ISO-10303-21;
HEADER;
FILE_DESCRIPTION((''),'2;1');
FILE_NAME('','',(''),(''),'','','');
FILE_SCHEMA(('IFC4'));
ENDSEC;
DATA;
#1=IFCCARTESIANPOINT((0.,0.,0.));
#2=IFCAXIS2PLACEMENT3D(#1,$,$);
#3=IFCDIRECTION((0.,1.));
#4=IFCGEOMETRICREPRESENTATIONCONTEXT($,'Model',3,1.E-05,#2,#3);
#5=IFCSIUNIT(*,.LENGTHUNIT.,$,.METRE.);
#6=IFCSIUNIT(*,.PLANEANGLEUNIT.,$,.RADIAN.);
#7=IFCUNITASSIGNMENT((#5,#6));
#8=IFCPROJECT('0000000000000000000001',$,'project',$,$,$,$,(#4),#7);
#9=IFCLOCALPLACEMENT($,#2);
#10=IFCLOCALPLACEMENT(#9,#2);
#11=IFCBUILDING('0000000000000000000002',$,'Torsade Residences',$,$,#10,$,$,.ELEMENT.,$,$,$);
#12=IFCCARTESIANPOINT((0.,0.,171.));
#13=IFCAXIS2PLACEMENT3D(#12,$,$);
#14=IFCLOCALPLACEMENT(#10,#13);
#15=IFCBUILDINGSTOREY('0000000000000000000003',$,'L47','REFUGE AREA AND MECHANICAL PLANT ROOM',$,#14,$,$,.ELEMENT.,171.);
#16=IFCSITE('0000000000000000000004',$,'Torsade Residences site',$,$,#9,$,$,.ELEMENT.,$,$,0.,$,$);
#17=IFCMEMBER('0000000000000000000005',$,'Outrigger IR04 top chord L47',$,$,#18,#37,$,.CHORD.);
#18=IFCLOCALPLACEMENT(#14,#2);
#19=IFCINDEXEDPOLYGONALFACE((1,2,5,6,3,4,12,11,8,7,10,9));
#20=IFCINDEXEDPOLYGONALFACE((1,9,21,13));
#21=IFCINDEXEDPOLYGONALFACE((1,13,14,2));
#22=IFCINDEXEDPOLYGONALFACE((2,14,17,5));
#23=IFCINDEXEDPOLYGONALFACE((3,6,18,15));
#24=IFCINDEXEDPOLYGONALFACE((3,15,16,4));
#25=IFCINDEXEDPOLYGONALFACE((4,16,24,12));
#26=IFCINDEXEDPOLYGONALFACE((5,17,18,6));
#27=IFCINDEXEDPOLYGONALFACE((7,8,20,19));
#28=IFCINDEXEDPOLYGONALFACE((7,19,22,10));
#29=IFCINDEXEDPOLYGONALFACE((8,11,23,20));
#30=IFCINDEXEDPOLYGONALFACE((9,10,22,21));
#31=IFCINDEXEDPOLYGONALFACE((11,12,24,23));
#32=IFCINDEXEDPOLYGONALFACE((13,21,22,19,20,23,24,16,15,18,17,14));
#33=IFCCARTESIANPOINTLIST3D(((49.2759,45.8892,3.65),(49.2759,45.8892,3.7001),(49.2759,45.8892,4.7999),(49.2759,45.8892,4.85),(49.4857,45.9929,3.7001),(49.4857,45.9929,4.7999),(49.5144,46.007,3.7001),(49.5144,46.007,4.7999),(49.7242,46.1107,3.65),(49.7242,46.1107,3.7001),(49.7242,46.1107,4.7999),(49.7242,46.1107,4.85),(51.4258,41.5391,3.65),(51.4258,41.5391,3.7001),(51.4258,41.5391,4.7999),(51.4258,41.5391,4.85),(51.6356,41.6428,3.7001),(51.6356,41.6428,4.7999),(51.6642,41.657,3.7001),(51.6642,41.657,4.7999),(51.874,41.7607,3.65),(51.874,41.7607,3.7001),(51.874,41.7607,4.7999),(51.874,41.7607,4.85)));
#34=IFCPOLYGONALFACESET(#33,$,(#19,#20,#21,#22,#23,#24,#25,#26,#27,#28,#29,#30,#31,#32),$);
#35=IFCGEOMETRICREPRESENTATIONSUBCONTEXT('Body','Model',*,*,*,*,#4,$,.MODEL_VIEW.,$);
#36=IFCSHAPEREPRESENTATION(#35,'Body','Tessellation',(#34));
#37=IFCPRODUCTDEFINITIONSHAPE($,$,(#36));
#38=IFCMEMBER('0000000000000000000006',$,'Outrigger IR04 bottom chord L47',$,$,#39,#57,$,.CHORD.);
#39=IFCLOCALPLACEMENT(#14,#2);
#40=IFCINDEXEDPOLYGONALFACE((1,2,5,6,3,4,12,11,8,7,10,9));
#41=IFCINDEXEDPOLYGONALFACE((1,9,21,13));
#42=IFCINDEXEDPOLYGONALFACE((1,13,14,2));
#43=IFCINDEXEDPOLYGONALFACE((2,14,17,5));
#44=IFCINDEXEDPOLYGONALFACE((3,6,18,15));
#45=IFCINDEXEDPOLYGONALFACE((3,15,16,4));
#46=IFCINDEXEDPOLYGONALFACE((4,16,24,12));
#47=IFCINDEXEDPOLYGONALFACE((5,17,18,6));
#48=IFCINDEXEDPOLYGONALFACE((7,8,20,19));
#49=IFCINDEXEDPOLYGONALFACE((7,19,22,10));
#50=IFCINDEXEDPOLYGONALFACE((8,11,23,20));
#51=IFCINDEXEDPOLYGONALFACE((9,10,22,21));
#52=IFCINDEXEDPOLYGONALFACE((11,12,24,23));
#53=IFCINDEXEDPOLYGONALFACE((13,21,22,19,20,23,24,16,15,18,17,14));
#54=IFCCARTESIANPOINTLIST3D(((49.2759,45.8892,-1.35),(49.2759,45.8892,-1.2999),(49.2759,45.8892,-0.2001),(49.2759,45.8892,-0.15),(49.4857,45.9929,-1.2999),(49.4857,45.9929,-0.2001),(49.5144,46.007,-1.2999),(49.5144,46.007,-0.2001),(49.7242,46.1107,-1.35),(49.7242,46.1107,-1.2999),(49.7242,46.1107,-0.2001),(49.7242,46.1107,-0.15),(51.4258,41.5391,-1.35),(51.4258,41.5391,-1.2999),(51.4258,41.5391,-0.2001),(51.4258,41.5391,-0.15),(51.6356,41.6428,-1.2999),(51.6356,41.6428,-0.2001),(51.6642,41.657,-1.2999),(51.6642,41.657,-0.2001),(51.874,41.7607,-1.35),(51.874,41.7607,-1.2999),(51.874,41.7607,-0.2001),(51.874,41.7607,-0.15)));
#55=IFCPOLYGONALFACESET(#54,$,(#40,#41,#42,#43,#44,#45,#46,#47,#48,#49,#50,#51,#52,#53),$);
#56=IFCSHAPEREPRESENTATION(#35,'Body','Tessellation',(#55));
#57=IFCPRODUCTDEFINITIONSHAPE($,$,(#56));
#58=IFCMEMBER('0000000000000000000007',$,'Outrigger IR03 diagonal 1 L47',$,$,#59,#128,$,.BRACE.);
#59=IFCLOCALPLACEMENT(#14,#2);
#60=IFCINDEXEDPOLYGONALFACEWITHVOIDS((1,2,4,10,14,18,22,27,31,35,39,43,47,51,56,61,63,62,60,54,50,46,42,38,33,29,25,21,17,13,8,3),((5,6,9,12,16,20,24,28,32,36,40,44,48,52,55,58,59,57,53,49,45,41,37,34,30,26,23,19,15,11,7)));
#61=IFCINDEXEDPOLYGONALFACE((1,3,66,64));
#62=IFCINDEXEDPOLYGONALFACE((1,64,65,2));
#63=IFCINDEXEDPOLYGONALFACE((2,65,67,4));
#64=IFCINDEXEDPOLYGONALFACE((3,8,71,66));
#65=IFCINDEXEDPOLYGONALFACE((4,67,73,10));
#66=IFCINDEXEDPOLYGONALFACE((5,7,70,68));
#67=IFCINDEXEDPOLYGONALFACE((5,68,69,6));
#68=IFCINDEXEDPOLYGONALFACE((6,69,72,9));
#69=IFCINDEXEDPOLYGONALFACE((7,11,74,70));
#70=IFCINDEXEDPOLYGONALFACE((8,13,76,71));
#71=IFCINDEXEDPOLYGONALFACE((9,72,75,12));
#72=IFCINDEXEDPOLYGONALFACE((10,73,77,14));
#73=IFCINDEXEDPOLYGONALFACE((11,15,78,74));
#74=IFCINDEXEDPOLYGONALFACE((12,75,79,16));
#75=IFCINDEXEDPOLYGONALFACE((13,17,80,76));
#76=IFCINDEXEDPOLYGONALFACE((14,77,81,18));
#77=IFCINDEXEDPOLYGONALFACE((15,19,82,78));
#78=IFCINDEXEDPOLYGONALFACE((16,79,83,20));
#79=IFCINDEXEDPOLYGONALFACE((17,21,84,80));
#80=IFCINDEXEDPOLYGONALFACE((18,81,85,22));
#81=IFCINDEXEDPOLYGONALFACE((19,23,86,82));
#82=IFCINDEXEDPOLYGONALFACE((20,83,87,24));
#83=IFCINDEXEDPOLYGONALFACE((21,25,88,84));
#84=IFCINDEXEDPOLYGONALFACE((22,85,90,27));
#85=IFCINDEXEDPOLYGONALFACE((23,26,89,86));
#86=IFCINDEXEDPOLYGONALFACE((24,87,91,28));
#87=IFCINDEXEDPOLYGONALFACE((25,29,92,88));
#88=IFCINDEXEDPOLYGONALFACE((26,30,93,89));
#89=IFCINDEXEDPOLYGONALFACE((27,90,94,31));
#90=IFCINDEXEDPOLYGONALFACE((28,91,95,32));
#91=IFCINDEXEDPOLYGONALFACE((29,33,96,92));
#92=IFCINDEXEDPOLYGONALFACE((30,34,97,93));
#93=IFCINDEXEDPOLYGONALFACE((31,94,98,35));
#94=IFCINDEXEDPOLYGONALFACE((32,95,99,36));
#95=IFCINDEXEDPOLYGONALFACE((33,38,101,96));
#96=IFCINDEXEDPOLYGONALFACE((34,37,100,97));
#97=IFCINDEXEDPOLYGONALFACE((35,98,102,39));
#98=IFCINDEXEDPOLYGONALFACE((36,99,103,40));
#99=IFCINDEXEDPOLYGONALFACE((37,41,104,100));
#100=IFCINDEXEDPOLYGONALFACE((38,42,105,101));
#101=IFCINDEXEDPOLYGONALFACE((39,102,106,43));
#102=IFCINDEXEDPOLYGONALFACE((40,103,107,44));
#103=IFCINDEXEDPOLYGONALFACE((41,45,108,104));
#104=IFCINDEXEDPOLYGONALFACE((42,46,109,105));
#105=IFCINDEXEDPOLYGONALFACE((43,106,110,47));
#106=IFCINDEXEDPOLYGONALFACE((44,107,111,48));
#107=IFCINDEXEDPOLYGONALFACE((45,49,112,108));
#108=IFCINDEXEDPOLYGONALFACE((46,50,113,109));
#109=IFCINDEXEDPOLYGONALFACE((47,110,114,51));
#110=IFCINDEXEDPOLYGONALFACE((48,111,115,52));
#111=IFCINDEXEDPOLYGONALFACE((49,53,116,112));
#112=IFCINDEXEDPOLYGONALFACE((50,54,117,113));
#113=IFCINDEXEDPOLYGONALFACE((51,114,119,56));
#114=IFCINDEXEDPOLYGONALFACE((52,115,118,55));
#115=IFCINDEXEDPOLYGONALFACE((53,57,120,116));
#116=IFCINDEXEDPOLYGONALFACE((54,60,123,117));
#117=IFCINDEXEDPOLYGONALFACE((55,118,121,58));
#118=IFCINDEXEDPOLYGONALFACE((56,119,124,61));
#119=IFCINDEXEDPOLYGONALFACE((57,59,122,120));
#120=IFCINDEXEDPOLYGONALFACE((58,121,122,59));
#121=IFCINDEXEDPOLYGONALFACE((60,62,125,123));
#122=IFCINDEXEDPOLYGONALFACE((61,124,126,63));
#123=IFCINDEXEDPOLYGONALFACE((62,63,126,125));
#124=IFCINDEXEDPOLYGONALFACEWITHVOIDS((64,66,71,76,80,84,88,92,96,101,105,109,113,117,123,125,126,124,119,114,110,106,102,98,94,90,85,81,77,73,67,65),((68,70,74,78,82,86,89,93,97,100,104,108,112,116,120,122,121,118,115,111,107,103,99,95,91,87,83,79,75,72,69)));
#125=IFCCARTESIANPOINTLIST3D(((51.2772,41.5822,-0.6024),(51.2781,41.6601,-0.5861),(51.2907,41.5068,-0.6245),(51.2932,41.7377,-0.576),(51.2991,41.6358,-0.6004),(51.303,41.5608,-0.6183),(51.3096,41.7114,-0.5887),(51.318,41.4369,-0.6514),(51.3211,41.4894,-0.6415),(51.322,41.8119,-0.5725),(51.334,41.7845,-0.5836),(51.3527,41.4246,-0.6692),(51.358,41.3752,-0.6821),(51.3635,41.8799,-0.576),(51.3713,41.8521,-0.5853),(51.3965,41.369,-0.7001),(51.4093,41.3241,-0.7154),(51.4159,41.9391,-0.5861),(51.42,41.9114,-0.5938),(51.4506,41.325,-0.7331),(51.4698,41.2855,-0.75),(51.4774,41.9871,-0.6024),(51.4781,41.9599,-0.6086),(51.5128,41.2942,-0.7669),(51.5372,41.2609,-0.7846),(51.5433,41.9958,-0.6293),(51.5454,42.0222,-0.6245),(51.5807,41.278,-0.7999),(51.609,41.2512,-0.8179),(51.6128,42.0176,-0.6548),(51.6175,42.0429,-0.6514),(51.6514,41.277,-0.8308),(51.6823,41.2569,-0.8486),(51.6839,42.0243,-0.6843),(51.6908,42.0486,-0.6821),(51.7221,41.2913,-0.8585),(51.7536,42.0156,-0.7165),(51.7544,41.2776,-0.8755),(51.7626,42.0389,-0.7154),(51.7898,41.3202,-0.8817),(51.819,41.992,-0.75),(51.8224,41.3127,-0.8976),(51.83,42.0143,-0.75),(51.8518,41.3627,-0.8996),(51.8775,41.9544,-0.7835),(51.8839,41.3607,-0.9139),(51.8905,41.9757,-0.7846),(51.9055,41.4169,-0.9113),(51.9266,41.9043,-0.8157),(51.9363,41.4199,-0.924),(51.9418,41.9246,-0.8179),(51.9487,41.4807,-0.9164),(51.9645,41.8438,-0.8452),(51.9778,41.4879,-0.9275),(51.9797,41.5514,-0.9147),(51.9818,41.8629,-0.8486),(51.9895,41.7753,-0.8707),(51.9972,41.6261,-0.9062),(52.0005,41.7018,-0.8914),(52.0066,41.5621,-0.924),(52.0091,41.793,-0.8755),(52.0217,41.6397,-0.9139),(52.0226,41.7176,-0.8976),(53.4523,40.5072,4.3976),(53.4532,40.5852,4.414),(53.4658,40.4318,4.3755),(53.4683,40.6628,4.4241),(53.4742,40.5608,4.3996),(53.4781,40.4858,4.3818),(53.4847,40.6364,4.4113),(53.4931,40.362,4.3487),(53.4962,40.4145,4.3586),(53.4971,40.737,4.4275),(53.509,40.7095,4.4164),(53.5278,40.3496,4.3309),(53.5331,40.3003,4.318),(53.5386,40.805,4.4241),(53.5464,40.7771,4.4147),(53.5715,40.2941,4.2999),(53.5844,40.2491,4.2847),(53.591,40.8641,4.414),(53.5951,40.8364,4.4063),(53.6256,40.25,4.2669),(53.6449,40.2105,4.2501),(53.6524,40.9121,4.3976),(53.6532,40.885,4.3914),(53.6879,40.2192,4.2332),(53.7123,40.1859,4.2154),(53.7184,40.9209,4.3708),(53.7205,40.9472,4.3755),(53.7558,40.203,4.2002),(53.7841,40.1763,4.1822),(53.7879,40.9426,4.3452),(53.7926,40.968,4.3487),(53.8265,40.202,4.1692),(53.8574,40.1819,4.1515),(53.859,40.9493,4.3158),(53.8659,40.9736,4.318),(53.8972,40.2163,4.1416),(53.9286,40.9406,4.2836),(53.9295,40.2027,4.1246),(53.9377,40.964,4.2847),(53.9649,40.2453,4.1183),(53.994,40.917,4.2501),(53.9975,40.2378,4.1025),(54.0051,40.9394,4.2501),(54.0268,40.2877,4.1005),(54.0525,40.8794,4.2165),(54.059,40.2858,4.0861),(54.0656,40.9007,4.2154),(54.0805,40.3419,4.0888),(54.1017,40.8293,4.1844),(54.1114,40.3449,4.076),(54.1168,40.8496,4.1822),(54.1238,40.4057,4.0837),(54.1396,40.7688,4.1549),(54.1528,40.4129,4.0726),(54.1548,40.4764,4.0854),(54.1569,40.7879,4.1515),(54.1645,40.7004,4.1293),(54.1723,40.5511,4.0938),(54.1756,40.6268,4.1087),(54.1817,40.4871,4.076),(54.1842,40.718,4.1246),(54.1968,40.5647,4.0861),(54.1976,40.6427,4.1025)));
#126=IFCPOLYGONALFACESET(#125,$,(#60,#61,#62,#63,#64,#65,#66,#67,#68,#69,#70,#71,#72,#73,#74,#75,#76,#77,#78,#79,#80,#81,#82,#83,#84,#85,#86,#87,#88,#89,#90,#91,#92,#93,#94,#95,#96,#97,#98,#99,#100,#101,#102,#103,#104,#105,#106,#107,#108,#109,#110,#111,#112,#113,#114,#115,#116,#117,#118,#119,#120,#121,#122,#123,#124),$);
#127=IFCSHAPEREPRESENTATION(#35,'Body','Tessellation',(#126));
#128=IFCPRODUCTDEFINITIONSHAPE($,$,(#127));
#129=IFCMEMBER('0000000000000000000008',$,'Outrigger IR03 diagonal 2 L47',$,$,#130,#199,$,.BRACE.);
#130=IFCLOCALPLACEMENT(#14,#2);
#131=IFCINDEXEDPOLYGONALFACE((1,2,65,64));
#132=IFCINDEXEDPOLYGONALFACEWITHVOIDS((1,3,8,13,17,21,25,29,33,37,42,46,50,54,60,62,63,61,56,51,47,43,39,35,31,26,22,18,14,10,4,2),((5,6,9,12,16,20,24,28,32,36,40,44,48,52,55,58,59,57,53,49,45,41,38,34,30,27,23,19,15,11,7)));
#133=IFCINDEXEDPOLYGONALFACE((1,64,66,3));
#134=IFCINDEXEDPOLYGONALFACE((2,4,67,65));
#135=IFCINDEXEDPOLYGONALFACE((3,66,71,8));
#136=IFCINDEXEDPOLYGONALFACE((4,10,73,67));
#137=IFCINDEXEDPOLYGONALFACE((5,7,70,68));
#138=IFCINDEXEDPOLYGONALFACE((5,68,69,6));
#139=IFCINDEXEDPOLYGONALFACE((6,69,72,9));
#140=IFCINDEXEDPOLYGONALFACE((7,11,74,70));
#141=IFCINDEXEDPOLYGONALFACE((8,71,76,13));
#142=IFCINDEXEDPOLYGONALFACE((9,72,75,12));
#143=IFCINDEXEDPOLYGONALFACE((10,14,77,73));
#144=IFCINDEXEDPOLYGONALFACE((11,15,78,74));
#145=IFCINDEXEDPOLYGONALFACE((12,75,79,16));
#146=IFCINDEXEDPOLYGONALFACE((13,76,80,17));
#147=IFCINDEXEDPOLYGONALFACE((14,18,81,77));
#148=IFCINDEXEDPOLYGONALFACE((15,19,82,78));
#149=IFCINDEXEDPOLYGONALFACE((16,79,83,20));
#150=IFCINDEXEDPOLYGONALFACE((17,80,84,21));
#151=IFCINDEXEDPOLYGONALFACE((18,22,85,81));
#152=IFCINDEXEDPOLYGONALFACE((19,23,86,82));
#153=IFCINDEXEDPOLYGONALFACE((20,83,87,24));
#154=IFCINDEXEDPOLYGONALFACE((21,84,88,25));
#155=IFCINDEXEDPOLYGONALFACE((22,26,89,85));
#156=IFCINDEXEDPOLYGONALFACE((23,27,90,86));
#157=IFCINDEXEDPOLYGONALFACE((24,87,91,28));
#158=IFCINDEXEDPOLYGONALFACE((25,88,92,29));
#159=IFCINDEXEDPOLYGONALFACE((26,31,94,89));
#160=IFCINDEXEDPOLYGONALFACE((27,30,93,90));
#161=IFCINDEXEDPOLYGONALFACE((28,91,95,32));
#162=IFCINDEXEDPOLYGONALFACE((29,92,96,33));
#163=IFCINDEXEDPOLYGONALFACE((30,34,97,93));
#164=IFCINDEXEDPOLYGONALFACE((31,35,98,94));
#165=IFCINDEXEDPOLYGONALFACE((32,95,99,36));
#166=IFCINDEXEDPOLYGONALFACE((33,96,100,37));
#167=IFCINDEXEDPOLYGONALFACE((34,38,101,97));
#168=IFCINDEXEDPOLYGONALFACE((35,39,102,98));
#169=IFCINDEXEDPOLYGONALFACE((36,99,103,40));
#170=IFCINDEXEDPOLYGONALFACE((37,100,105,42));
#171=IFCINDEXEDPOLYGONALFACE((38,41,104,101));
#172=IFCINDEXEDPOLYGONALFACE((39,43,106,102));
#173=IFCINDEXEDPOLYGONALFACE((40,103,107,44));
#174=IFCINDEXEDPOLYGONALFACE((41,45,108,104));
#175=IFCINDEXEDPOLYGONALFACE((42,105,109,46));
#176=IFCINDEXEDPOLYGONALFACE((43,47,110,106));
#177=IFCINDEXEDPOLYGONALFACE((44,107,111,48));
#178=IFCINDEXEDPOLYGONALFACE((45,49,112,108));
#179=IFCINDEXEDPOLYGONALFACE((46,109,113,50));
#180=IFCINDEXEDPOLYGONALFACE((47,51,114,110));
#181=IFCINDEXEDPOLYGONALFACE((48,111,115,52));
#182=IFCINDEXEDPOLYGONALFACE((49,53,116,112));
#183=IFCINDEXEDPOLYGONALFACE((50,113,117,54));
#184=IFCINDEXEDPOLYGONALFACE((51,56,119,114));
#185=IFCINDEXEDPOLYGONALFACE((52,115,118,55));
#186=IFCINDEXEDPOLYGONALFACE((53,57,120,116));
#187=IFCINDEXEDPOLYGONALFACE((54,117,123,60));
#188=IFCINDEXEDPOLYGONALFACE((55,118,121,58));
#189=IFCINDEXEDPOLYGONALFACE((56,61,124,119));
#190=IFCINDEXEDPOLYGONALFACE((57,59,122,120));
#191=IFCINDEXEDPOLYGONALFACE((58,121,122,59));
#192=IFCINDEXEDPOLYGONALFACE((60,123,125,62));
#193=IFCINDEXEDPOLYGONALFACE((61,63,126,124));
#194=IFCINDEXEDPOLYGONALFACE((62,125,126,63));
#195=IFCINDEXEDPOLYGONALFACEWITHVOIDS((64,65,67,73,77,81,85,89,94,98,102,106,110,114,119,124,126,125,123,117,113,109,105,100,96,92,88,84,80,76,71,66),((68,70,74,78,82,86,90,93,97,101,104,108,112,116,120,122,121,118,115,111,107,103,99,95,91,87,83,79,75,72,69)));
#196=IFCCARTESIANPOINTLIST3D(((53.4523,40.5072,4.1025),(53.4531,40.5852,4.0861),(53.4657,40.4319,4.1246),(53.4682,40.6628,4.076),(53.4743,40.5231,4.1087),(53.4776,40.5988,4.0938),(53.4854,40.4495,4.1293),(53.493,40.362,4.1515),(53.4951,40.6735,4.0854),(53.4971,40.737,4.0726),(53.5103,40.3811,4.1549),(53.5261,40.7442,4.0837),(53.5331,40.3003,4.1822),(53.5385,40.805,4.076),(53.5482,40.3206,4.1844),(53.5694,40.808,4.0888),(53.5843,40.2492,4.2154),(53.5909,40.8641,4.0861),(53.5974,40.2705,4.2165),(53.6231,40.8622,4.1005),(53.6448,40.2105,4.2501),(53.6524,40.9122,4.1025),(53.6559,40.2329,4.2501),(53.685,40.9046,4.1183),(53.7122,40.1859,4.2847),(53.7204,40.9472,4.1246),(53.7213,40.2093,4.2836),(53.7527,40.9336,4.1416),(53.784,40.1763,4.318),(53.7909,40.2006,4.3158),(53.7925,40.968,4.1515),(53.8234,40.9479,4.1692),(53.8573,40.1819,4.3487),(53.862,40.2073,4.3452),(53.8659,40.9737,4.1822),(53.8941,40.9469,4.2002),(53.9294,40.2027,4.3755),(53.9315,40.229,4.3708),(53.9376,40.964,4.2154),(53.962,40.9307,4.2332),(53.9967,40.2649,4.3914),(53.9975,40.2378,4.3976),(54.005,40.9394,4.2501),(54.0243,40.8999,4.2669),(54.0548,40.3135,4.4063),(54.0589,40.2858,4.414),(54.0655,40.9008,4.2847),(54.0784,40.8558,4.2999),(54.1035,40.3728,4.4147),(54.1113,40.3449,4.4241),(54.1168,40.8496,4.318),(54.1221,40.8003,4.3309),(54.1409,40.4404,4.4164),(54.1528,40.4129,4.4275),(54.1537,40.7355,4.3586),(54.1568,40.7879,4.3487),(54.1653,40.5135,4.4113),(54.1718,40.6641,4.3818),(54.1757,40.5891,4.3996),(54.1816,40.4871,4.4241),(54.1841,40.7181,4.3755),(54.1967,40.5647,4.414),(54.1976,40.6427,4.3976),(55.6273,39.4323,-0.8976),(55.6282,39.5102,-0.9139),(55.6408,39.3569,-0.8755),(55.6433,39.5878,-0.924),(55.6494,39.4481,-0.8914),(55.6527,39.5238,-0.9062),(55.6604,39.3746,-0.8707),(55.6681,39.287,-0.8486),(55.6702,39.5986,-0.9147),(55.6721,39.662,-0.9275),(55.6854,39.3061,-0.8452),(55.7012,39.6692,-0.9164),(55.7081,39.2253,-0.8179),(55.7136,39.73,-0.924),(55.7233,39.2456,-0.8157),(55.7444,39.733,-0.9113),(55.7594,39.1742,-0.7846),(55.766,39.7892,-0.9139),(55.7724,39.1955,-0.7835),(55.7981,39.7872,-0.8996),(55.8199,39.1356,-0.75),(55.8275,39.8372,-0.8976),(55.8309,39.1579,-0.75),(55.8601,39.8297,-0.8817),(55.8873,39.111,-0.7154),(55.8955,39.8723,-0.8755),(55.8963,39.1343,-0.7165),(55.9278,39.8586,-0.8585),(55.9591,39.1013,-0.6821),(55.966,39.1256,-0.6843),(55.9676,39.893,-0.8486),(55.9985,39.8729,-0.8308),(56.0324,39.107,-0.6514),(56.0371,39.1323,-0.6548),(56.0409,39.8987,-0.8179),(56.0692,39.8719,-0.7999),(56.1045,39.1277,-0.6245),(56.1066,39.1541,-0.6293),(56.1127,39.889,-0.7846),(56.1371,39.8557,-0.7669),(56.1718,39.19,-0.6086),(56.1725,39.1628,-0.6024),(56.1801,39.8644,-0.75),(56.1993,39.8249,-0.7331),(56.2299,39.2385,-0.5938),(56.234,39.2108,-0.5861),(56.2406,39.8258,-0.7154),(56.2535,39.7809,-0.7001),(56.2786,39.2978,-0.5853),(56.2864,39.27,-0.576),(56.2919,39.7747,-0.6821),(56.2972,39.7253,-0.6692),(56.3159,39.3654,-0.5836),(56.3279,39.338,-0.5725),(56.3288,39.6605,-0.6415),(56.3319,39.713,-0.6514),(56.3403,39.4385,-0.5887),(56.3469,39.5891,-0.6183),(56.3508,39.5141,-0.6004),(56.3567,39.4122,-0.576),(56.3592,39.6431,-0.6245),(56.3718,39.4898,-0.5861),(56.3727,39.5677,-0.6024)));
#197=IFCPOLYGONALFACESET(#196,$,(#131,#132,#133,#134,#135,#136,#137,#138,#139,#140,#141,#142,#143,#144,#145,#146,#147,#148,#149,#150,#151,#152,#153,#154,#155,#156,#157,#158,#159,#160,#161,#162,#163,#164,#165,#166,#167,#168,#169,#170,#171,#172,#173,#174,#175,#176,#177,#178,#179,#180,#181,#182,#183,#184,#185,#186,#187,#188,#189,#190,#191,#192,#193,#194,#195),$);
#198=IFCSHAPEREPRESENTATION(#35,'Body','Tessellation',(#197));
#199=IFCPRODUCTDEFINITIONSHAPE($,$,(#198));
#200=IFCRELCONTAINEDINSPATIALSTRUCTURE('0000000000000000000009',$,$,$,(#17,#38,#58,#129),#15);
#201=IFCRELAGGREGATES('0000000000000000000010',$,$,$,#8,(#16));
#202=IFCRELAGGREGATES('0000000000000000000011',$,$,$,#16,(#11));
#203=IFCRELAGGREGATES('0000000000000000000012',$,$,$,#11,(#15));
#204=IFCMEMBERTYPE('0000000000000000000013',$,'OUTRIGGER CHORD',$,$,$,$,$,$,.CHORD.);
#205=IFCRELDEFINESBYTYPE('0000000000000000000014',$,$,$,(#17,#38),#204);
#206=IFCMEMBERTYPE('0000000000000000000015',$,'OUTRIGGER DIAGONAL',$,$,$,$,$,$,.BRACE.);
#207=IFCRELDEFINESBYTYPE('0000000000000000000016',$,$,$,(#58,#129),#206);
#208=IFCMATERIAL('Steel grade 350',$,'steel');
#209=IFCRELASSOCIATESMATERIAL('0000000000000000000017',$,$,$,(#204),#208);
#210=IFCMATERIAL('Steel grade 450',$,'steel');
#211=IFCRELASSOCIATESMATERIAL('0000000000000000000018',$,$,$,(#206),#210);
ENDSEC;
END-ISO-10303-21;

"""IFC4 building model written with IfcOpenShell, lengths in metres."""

from ifc_helpers import new_model, si_unit, direction, frame, origin, origin_2d, place, context, subcontext, project, spatial, hollow_circle, i_section, extrude, material, material_profile, profile_set, type_object, element, save


model = new_model("IFC4")

# Units and contexts
model_context = context("Model", 3, precision=1e-05, world=origin(), true_north=direction((0.0, 1.0)))
body_context = subcontext(model_context, "Body", "Model", "MODEL_VIEW")
ifc_project = project(units=[si_unit("LENGTHUNIT", "METRE"), si_unit("PLANEANGLEUNIT", "RADIAN")], contexts=[model_context])

# Site, building, storey
site_placement = place(None, origin())
site = spatial("IfcSite", under=ifc_project, at=site_placement, Name="Torsade Residences site", CompositionType="ELEMENT", RefElevation=0.0)
building_placement = place(site_placement, origin())
building = spatial("IfcBuilding", under=site, at=building_placement, Name="Torsade Residences", CompositionType="ELEMENT")
storey_placement = place(building_placement, frame((0.0, 0.0, 171.0)))
storey = spatial("IfcBuildingStorey", under=building, at=storey_placement, Name="L47", Description="REFUGE AREA AND MECHANICAL PLANT ROOM", CompositionType="ELEMENT", Elevation=171.0)

# Members
ifc_material_1 = material(Name="Steel grade 350", Category="steel")
ifc_material_profile_1 = material_profile(ifc_material_1, i_section(OverallWidth=0.5, OverallDepth=1.2, WebThickness=0.032, FlangeThickness=0.05, at=origin_2d()), Name="1200x500x50x32WPG")
ifc_profile_set_1 = profile_set([ifc_material_profile_1], Name="Steel grade 350")
member_type_1 = type_object("IfcMemberType", Name="OUTRIGGER CHORD", PredefinedType="CHORD", material=ifc_profile_set_1)
for number, where, z_axis, x_axis, name in (
    (1, (51.6499, 41.6499, 4.25), (-0.443063, 0.896491, 0.0), (-0.896491, -0.443063, 0.0), "Outrigger IR04 top chord L47"),
    (2, (51.6499, 41.6499, -0.75), (-0.443063, 0.896491, 0.0), (-0.896491, -0.443063, 0.0), "Outrigger IR04 bottom chord L47"),
):
    element("IfcMember", number, at=place(storey_placement, frame(where, z_axis=z_axis, x_axis=x_axis)), inside=storey, type_object=member_type_1, Name=name, PredefinedType="CHORD", context=body_context, shape_type="SweptSolid", body=[
        extrude(i_section(OverallWidth=0.5, OverallDepth=1.2, WebThickness=0.032, FlangeThickness=0.05, at=origin_2d()), origin(), (0.0, 0.0, 1.0), 4.8523),
    ])
ifc_material_2 = material(Name="Steel grade 450", Category="steel")
ifc_material_profile_2 = material_profile(ifc_material_2, hollow_circle(Radius=0.4065, WallThickness=0.0249, at=origin_2d()), Name="813.0x25.0CHS")
ifc_profile_set_2 = profile_set([ifc_material_profile_2], Name="Steel grade 450")
member_type_2 = type_object("IfcMemberType", Name="OUTRIGGER DIAGONAL", PredefinedType="BRACE", material=ifc_profile_set_2)
for number, where, z_axis, x_axis, name in (
    (3, (51.6499, 41.6499, -0.75), (0.391368, -0.193422, 0.899677), (0.443063, 0.896491, 0.0), "Outrigger IR03 diagonal 1 L47"),
    (4, (56.0, 39.5, -0.75), (-0.391368, 0.193422, 0.899677), (-0.443063, -0.896491, 0.0), "Outrigger IR03 diagonal 2 L47"),
):
    element("IfcMember", number, at=place(storey_placement, frame(where, z_axis=z_axis, x_axis=x_axis)), inside=storey, type_object=member_type_2, Name=name, PredefinedType="BRACE", context=body_context, shape_type="SweptSolid", body=[
        extrude(hollow_circle(Radius=0.4065, WallThickness=0.0249, at=origin_2d()), origin(), (0.0, 0.0, 1.0), 5.5576),
    ])

save(model, "model.ifc")
